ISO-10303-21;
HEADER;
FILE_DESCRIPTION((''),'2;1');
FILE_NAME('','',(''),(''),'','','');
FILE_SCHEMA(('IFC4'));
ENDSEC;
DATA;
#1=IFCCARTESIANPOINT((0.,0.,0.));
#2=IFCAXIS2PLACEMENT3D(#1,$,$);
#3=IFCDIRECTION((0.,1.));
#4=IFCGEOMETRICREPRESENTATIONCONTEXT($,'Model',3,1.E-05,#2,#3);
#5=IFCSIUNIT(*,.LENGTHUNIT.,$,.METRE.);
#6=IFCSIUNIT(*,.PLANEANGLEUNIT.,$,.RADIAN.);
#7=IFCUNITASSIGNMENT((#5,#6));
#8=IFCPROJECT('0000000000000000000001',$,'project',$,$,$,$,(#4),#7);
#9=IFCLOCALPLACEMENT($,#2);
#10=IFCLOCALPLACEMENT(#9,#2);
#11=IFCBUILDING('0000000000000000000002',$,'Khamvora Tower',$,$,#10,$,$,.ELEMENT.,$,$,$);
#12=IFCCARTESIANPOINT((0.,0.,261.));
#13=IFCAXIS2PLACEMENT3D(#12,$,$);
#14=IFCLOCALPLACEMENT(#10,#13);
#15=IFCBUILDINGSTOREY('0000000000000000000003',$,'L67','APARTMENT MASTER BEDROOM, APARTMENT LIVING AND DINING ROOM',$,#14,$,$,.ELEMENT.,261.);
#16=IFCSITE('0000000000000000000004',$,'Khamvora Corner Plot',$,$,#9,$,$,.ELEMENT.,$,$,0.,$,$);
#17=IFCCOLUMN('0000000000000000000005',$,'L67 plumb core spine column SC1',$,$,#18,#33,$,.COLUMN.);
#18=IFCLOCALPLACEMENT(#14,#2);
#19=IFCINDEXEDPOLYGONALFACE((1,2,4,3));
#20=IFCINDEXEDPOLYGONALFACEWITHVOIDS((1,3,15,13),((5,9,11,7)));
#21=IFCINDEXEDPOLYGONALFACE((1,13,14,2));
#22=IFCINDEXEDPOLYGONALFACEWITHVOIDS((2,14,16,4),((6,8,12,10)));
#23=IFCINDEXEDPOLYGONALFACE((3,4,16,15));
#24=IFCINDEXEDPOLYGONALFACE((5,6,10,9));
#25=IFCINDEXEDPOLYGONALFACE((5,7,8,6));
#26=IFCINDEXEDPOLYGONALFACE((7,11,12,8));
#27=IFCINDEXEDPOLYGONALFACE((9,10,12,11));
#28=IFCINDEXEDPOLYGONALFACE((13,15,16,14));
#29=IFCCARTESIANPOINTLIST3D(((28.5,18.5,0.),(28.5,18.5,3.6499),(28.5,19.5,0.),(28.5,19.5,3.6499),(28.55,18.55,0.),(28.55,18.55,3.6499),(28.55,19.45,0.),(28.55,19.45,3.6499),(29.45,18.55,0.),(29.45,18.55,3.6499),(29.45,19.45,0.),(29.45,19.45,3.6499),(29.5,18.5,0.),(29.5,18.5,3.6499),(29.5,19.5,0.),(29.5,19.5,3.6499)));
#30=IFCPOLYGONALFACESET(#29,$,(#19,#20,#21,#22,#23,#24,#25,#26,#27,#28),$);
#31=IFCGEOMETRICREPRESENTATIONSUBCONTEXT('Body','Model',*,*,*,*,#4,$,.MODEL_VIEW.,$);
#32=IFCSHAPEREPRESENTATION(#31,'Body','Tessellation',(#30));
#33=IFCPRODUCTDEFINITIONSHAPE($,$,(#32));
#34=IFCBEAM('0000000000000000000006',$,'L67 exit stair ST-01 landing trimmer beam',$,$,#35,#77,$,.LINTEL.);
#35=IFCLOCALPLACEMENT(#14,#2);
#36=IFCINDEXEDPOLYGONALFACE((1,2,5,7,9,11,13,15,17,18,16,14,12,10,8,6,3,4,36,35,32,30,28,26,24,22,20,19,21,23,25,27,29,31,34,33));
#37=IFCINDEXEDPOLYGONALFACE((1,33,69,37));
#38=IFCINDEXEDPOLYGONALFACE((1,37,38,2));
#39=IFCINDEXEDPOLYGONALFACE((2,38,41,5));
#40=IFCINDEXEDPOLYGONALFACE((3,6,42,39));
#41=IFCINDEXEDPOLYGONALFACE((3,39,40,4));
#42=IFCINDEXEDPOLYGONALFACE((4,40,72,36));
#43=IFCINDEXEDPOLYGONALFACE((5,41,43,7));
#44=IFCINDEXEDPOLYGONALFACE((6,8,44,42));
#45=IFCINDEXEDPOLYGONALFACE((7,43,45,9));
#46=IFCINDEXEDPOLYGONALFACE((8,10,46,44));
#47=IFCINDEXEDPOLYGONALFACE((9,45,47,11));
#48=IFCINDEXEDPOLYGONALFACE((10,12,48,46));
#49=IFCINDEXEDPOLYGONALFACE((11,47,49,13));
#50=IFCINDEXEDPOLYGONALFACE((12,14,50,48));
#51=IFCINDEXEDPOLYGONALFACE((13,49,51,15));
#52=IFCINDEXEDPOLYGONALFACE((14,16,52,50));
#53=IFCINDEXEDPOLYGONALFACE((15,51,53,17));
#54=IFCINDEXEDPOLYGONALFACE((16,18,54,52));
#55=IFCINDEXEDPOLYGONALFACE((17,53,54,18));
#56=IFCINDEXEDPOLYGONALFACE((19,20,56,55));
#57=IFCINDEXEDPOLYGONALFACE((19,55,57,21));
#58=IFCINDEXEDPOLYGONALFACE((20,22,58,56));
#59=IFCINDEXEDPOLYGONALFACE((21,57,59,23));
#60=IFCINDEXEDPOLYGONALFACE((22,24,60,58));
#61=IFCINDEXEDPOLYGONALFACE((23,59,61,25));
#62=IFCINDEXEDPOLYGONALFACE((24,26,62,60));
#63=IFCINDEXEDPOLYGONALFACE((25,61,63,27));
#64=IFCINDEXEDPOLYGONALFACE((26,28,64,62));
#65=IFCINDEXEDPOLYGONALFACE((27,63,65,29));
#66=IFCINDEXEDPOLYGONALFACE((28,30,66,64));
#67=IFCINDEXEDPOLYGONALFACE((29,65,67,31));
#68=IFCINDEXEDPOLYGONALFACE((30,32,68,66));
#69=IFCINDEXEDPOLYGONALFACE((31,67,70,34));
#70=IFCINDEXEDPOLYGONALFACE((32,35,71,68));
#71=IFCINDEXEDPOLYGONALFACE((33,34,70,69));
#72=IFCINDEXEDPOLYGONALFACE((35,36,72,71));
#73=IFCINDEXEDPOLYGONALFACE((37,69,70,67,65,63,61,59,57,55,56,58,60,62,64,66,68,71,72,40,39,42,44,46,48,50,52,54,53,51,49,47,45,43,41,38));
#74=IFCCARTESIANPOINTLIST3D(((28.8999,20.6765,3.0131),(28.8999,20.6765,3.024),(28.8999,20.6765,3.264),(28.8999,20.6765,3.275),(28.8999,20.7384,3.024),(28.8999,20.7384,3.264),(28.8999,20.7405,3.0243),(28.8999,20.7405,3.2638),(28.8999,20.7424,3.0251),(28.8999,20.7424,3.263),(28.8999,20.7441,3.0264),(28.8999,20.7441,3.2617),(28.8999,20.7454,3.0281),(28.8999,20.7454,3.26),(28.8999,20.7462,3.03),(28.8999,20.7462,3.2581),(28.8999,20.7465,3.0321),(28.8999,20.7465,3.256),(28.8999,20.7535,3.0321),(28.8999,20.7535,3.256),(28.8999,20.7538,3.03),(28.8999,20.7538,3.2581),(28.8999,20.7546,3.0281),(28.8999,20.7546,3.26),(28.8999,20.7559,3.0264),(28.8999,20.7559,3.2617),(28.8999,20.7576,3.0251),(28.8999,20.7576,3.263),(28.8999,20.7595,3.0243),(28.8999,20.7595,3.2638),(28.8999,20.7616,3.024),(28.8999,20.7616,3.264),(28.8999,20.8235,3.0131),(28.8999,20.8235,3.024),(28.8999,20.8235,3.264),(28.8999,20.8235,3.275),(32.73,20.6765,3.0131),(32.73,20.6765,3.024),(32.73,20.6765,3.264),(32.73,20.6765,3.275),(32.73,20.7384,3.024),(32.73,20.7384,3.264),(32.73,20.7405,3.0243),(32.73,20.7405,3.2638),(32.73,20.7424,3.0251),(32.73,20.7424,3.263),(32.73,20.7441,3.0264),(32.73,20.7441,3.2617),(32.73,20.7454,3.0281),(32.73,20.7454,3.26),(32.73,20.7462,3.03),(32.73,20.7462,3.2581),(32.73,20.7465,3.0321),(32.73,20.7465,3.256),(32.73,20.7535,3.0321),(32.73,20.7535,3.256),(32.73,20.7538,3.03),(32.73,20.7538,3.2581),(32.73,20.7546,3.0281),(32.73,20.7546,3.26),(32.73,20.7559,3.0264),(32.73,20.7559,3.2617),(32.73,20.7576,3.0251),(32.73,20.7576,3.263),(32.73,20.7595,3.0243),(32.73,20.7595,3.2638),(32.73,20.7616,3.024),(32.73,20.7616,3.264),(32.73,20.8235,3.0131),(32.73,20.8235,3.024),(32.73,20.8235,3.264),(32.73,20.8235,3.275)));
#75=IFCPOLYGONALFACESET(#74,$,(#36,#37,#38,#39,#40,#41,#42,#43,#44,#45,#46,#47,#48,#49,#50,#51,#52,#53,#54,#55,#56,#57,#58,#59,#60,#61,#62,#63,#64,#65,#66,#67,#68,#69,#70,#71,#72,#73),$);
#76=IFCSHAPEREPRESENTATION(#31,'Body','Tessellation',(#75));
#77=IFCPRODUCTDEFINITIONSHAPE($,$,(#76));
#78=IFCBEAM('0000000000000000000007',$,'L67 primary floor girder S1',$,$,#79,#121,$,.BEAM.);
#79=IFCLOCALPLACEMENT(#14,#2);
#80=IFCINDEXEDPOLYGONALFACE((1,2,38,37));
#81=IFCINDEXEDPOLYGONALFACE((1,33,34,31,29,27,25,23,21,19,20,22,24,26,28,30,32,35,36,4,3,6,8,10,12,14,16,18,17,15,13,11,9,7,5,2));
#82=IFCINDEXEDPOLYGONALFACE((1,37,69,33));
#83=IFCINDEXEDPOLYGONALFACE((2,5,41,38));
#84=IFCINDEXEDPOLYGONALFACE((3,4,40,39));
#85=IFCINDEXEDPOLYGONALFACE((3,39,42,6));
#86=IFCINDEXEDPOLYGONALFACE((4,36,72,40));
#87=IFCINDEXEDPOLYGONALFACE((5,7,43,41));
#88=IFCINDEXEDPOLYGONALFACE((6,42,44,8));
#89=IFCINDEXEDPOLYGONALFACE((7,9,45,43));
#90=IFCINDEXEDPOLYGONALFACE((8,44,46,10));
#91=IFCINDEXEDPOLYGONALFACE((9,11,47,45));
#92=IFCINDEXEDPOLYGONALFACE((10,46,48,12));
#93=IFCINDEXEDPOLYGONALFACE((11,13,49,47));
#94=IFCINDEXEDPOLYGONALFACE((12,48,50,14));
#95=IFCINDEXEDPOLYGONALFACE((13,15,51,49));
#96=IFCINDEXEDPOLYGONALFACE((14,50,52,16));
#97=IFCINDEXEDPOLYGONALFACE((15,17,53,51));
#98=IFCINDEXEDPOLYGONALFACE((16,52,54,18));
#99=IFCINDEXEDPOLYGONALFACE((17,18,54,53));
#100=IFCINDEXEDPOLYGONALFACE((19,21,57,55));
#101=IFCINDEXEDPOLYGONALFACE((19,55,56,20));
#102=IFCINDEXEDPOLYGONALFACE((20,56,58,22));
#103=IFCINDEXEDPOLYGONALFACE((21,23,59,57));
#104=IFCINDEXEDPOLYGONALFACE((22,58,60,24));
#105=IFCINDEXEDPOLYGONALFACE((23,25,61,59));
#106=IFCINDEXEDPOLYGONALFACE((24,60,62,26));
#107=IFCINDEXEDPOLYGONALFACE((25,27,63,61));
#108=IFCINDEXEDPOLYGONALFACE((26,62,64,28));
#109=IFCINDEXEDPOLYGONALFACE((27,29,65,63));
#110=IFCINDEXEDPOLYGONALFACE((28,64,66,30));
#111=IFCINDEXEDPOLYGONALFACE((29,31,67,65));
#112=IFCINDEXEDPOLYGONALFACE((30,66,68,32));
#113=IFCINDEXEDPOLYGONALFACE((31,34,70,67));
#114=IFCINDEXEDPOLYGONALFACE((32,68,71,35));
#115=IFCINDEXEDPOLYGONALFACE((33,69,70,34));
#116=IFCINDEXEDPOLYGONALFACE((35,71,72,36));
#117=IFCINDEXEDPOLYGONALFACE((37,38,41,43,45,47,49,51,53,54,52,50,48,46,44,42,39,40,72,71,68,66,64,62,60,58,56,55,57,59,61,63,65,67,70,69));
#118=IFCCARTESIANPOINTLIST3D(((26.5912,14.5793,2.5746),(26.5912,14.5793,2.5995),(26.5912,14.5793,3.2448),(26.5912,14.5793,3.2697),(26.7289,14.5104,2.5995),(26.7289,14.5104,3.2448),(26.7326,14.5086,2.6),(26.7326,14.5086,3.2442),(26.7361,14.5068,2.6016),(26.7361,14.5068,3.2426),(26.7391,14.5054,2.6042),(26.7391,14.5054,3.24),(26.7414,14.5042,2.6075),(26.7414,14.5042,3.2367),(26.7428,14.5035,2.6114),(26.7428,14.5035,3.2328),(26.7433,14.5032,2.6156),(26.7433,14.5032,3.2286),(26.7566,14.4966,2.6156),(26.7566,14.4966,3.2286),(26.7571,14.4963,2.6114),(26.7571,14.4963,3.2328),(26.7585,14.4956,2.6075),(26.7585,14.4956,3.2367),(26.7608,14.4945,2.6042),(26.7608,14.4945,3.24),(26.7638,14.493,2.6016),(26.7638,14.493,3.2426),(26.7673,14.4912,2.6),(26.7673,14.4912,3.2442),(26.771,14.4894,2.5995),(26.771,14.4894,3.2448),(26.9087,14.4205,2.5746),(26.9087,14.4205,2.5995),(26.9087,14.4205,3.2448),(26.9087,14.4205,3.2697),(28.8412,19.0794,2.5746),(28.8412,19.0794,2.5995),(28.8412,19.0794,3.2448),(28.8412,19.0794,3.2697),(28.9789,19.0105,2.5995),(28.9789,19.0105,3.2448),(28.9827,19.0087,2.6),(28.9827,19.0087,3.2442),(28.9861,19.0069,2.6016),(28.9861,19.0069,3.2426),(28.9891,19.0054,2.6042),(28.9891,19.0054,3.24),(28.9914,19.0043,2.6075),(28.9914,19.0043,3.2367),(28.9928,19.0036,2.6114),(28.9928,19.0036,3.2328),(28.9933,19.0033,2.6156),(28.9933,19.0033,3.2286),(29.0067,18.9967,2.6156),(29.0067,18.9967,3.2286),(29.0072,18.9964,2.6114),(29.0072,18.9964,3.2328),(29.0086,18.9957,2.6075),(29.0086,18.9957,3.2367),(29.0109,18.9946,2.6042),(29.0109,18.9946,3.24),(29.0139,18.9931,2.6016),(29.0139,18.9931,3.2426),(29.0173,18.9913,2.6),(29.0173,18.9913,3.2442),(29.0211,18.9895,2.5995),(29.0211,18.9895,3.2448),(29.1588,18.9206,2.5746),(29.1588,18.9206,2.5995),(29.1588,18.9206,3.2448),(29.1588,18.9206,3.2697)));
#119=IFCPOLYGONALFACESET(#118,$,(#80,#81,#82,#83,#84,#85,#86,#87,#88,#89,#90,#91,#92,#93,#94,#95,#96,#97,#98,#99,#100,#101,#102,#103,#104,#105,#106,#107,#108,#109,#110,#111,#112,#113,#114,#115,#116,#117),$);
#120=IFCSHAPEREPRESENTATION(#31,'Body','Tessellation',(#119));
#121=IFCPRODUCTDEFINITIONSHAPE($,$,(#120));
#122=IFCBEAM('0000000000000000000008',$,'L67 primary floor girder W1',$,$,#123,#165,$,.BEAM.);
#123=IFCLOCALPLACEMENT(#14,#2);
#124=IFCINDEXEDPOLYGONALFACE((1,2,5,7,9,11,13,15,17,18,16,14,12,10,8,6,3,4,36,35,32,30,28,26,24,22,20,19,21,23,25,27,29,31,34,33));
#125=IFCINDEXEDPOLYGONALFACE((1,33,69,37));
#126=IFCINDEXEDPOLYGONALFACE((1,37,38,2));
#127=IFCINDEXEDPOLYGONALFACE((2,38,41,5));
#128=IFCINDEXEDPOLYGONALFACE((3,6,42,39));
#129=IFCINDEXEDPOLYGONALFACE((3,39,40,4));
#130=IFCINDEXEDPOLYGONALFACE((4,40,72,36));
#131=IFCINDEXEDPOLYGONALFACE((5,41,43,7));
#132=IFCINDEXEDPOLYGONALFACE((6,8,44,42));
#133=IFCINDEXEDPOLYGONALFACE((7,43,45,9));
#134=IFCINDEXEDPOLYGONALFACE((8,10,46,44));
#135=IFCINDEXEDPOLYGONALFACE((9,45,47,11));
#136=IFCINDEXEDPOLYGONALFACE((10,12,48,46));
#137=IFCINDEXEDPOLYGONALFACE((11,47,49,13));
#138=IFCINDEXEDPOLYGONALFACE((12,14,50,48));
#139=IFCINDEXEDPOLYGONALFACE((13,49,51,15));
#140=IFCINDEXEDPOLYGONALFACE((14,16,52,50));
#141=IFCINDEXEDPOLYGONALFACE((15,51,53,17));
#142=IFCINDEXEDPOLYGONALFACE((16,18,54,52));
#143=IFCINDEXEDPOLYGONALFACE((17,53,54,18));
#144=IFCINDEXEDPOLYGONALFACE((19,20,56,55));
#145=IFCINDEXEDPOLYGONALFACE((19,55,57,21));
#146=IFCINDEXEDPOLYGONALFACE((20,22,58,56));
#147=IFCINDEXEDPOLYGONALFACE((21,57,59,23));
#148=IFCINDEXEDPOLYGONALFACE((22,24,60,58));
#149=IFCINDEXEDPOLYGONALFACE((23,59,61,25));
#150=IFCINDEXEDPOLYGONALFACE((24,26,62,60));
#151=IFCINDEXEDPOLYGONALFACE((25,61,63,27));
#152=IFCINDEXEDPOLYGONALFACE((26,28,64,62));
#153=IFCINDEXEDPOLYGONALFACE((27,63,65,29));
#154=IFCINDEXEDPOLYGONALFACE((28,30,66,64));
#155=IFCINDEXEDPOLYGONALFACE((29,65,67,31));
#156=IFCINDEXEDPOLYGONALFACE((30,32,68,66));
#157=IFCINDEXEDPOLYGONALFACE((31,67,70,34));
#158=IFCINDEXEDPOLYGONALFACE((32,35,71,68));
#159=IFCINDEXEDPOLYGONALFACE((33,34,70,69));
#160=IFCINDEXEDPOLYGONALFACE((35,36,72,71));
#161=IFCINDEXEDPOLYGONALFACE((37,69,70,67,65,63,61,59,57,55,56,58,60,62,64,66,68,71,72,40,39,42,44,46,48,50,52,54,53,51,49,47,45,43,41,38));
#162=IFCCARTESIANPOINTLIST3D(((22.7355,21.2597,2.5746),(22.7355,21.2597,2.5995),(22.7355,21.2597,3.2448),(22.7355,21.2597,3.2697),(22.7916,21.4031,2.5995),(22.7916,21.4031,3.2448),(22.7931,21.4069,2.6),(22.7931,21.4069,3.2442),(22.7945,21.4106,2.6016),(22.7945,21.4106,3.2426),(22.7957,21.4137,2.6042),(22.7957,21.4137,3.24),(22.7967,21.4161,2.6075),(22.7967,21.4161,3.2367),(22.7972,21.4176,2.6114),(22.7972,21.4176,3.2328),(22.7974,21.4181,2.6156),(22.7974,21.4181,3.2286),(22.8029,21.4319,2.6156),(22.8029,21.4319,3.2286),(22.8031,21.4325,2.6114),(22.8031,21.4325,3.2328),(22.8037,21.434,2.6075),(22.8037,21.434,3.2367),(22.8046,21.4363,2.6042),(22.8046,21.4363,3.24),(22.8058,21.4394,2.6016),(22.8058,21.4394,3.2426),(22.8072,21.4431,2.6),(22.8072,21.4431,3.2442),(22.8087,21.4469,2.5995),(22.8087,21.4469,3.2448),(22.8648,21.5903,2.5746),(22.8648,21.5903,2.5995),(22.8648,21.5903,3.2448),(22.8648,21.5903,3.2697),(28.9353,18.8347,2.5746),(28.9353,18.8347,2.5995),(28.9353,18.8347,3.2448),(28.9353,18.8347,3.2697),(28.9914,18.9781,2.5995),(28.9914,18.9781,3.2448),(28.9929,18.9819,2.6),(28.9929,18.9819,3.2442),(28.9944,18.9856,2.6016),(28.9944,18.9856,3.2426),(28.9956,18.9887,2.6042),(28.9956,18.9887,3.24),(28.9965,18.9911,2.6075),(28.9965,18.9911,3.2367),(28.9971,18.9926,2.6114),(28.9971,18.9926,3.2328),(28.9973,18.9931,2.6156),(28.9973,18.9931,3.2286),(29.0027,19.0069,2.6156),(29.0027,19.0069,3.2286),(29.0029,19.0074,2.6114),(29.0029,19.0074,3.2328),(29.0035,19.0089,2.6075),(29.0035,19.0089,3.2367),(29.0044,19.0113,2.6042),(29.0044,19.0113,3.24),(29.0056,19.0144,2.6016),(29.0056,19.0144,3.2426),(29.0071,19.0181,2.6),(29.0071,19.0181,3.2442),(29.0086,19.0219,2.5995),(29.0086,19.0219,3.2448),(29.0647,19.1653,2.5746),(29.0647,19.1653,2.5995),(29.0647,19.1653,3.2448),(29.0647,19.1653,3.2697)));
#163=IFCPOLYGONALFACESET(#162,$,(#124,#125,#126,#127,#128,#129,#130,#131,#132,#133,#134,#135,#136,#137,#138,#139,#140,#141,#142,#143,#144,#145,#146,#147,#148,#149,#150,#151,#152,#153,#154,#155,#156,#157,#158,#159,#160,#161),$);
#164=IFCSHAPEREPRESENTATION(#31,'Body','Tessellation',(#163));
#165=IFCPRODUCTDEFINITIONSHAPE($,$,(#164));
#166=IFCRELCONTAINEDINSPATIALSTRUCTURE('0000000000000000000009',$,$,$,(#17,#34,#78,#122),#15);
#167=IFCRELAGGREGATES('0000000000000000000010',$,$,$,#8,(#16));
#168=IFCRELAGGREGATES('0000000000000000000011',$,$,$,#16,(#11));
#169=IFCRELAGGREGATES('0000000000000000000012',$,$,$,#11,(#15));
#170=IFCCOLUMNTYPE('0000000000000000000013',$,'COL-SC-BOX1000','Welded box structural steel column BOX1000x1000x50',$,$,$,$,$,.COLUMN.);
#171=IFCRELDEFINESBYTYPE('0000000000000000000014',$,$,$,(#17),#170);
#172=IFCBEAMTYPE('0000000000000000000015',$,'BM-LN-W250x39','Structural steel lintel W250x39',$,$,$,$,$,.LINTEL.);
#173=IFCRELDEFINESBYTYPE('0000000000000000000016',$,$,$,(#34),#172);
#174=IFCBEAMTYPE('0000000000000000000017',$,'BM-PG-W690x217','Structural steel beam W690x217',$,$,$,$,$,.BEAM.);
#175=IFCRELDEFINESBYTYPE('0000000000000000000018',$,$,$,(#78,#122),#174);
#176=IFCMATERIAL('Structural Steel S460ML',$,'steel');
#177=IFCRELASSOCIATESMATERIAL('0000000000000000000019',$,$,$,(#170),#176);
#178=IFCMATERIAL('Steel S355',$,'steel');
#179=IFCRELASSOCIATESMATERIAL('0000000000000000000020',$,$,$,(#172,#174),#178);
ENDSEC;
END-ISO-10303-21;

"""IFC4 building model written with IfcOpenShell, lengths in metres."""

from ifc_helpers import new_model, si_unit, direction, frame, origin, origin_2d, place, context, subcontext, project, spatial, hollow_rectangle, i_section, extrude, material, material_profile, profile_set, type_object, element, save


model = new_model("IFC4")

# Units and contexts
model_context = context("Model", 3, precision=1e-05, world=origin(), true_north=direction((0.0, 1.0)))
body_context = subcontext(model_context, "Body", "Model", "MODEL_VIEW")
ifc_project = project(units=[si_unit("LENGTHUNIT", "METRE"), si_unit("PLANEANGLEUNIT", "RADIAN")], contexts=[model_context])

# Site, building, storey
site_placement = place(None, origin())
site = spatial("IfcSite", under=ifc_project, at=site_placement, Name="Khamvora Corner Plot", CompositionType="ELEMENT", RefElevation=0.0)
building_placement = place(site_placement, origin())
building = spatial("IfcBuilding", under=site, at=building_placement, Name="Khamvora Tower", CompositionType="ELEMENT")
storey_placement = place(building_placement, frame((0.0, 0.0, 261.0)))
storey = spatial("IfcBuildingStorey", under=building, at=storey_placement, Name="L67", Description="APARTMENT MASTER BEDROOM, APARTMENT LIVING AND DINING ROOM", CompositionType="ELEMENT", Elevation=261.0)

# Column
ifc_material_1 = material(Name="Structural Steel S460ML", Category="steel")
ifc_material_profile_1 = material_profile(ifc_material_1, hollow_rectangle(XDim=1.0, YDim=1.0, WallThickness=0.05, at=origin_2d()), Name="BOX1000x1000x50")
ifc_profile_set_1 = profile_set([ifc_material_profile_1], Name="Structural Steel S460ML")
column_type = type_object("IfcColumnType", Name="COL-SC-BOX1000", Description="Welded box structural steel column BOX1000x1000x50", PredefinedType="COLUMN", material=ifc_profile_set_1)
column_placement = place(storey_placement, frame((29.0, 19.0, 0.0), z_axis=(0.0, 0.0, 1.0), x_axis=(1.0, 0.0, 0.0)))
element("IfcColumn", 1, at=column_placement, inside=storey, type_object=column_type, Name="L67 plumb core spine column SC1", PredefinedType="COLUMN", context=body_context, shape_type="SweptSolid", body=[
    extrude(hollow_rectangle(XDim=1.0, YDim=1.0, WallThickness=0.05, at=origin_2d()), origin(), (0.0, 0.0, 1.0), 3.6499),
])

# Beams
ifc_material_2 = material(Name="Steel S355", Category="steel")
ifc_material_profile_2 = material_profile(ifc_material_2, i_section(OverallWidth=0.147, OverallDepth=0.262, WebThickness=0.0071, FlangeThickness=0.011, FilletRadius=0.0081, at=origin_2d()), Name="W250x39")
ifc_profile_set_2 = profile_set([ifc_material_profile_2], Name="Steel S355")
beam_type_1 = type_object("IfcBeamType", Name="BM-LN-W250x39", Description="Structural steel lintel W250x39", PredefinedType="LINTEL", material=ifc_profile_set_2)
beam_1_placement = place(storey_placement, frame((28.8999, 20.75, 3.144), z_axis=(1.0, 0.0, 0.0), x_axis=(0.0, 1.0, 0.0)))
element("IfcBeam", 2, at=beam_1_placement, inside=storey, type_object=beam_type_1, Name="L67 exit stair ST-01 landing trimmer beam", PredefinedType="LINTEL", context=body_context, shape_type="SweptSolid", body=[
    extrude(i_section(OverallWidth=0.147, OverallDepth=0.262, WebThickness=0.0071, FlangeThickness=0.011, FilletRadius=0.0081, at=origin_2d()), origin(), (0.0, 0.0, 1.0), 3.8301),
])
ifc_material_profile_3 = material_profile(ifc_material_2, i_section(OverallWidth=0.355, OverallDepth=0.6951, WebThickness=0.0149, FlangeThickness=0.0249, FilletRadius=0.0161, at=origin_2d()), Name="W690x217")
ifc_profile_set_3 = profile_set([ifc_material_profile_3], Name="Steel S355")
beam_type_2 = type_object("IfcBeamType", Name="BM-PG-W690x217", Description="Structural steel beam W690x217", PredefinedType="BEAM", material=ifc_profile_set_3)
beam_2_placement = place(storey_placement, frame((29.0, 19.0, 2.9221), z_axis=(-0.447214, -0.894427, 0.0), x_axis=(0.894427, -0.447214, 0.0)))
element("IfcBeam", 3, at=beam_2_placement, inside=storey, type_object=beam_type_2, Name="L67 primary floor girder S1", PredefinedType="BEAM", context=body_context, shape_type="SweptSolid", body=[
    extrude(i_section(OverallWidth=0.355, OverallDepth=0.6951, WebThickness=0.0149, FlangeThickness=0.0249, FilletRadius=0.0161, at=origin_2d()), origin(), (0.0, 0.0, 1.0), 5.0312),
])
beam_3_placement = place(storey_placement, frame((29.0, 19.0, 2.9221), z_axis=(-0.931295, 0.364267, 0.0), x_axis=(-0.364267, -0.931295, 0.0)))
element("IfcBeam", 4, at=beam_3_placement, inside=storey, type_object=beam_type_2, Name="L67 primary floor girder W1", PredefinedType="BEAM", context=body_context, shape_type="SweptSolid", body=[
    extrude(i_section(OverallWidth=0.355, OverallDepth=0.6951, WebThickness=0.0149, FlangeThickness=0.0249, FilletRadius=0.0161, at=origin_2d()), origin(), (0.0, 0.0, 1.0), 6.6572),
])

save(model, "model.ifc")
